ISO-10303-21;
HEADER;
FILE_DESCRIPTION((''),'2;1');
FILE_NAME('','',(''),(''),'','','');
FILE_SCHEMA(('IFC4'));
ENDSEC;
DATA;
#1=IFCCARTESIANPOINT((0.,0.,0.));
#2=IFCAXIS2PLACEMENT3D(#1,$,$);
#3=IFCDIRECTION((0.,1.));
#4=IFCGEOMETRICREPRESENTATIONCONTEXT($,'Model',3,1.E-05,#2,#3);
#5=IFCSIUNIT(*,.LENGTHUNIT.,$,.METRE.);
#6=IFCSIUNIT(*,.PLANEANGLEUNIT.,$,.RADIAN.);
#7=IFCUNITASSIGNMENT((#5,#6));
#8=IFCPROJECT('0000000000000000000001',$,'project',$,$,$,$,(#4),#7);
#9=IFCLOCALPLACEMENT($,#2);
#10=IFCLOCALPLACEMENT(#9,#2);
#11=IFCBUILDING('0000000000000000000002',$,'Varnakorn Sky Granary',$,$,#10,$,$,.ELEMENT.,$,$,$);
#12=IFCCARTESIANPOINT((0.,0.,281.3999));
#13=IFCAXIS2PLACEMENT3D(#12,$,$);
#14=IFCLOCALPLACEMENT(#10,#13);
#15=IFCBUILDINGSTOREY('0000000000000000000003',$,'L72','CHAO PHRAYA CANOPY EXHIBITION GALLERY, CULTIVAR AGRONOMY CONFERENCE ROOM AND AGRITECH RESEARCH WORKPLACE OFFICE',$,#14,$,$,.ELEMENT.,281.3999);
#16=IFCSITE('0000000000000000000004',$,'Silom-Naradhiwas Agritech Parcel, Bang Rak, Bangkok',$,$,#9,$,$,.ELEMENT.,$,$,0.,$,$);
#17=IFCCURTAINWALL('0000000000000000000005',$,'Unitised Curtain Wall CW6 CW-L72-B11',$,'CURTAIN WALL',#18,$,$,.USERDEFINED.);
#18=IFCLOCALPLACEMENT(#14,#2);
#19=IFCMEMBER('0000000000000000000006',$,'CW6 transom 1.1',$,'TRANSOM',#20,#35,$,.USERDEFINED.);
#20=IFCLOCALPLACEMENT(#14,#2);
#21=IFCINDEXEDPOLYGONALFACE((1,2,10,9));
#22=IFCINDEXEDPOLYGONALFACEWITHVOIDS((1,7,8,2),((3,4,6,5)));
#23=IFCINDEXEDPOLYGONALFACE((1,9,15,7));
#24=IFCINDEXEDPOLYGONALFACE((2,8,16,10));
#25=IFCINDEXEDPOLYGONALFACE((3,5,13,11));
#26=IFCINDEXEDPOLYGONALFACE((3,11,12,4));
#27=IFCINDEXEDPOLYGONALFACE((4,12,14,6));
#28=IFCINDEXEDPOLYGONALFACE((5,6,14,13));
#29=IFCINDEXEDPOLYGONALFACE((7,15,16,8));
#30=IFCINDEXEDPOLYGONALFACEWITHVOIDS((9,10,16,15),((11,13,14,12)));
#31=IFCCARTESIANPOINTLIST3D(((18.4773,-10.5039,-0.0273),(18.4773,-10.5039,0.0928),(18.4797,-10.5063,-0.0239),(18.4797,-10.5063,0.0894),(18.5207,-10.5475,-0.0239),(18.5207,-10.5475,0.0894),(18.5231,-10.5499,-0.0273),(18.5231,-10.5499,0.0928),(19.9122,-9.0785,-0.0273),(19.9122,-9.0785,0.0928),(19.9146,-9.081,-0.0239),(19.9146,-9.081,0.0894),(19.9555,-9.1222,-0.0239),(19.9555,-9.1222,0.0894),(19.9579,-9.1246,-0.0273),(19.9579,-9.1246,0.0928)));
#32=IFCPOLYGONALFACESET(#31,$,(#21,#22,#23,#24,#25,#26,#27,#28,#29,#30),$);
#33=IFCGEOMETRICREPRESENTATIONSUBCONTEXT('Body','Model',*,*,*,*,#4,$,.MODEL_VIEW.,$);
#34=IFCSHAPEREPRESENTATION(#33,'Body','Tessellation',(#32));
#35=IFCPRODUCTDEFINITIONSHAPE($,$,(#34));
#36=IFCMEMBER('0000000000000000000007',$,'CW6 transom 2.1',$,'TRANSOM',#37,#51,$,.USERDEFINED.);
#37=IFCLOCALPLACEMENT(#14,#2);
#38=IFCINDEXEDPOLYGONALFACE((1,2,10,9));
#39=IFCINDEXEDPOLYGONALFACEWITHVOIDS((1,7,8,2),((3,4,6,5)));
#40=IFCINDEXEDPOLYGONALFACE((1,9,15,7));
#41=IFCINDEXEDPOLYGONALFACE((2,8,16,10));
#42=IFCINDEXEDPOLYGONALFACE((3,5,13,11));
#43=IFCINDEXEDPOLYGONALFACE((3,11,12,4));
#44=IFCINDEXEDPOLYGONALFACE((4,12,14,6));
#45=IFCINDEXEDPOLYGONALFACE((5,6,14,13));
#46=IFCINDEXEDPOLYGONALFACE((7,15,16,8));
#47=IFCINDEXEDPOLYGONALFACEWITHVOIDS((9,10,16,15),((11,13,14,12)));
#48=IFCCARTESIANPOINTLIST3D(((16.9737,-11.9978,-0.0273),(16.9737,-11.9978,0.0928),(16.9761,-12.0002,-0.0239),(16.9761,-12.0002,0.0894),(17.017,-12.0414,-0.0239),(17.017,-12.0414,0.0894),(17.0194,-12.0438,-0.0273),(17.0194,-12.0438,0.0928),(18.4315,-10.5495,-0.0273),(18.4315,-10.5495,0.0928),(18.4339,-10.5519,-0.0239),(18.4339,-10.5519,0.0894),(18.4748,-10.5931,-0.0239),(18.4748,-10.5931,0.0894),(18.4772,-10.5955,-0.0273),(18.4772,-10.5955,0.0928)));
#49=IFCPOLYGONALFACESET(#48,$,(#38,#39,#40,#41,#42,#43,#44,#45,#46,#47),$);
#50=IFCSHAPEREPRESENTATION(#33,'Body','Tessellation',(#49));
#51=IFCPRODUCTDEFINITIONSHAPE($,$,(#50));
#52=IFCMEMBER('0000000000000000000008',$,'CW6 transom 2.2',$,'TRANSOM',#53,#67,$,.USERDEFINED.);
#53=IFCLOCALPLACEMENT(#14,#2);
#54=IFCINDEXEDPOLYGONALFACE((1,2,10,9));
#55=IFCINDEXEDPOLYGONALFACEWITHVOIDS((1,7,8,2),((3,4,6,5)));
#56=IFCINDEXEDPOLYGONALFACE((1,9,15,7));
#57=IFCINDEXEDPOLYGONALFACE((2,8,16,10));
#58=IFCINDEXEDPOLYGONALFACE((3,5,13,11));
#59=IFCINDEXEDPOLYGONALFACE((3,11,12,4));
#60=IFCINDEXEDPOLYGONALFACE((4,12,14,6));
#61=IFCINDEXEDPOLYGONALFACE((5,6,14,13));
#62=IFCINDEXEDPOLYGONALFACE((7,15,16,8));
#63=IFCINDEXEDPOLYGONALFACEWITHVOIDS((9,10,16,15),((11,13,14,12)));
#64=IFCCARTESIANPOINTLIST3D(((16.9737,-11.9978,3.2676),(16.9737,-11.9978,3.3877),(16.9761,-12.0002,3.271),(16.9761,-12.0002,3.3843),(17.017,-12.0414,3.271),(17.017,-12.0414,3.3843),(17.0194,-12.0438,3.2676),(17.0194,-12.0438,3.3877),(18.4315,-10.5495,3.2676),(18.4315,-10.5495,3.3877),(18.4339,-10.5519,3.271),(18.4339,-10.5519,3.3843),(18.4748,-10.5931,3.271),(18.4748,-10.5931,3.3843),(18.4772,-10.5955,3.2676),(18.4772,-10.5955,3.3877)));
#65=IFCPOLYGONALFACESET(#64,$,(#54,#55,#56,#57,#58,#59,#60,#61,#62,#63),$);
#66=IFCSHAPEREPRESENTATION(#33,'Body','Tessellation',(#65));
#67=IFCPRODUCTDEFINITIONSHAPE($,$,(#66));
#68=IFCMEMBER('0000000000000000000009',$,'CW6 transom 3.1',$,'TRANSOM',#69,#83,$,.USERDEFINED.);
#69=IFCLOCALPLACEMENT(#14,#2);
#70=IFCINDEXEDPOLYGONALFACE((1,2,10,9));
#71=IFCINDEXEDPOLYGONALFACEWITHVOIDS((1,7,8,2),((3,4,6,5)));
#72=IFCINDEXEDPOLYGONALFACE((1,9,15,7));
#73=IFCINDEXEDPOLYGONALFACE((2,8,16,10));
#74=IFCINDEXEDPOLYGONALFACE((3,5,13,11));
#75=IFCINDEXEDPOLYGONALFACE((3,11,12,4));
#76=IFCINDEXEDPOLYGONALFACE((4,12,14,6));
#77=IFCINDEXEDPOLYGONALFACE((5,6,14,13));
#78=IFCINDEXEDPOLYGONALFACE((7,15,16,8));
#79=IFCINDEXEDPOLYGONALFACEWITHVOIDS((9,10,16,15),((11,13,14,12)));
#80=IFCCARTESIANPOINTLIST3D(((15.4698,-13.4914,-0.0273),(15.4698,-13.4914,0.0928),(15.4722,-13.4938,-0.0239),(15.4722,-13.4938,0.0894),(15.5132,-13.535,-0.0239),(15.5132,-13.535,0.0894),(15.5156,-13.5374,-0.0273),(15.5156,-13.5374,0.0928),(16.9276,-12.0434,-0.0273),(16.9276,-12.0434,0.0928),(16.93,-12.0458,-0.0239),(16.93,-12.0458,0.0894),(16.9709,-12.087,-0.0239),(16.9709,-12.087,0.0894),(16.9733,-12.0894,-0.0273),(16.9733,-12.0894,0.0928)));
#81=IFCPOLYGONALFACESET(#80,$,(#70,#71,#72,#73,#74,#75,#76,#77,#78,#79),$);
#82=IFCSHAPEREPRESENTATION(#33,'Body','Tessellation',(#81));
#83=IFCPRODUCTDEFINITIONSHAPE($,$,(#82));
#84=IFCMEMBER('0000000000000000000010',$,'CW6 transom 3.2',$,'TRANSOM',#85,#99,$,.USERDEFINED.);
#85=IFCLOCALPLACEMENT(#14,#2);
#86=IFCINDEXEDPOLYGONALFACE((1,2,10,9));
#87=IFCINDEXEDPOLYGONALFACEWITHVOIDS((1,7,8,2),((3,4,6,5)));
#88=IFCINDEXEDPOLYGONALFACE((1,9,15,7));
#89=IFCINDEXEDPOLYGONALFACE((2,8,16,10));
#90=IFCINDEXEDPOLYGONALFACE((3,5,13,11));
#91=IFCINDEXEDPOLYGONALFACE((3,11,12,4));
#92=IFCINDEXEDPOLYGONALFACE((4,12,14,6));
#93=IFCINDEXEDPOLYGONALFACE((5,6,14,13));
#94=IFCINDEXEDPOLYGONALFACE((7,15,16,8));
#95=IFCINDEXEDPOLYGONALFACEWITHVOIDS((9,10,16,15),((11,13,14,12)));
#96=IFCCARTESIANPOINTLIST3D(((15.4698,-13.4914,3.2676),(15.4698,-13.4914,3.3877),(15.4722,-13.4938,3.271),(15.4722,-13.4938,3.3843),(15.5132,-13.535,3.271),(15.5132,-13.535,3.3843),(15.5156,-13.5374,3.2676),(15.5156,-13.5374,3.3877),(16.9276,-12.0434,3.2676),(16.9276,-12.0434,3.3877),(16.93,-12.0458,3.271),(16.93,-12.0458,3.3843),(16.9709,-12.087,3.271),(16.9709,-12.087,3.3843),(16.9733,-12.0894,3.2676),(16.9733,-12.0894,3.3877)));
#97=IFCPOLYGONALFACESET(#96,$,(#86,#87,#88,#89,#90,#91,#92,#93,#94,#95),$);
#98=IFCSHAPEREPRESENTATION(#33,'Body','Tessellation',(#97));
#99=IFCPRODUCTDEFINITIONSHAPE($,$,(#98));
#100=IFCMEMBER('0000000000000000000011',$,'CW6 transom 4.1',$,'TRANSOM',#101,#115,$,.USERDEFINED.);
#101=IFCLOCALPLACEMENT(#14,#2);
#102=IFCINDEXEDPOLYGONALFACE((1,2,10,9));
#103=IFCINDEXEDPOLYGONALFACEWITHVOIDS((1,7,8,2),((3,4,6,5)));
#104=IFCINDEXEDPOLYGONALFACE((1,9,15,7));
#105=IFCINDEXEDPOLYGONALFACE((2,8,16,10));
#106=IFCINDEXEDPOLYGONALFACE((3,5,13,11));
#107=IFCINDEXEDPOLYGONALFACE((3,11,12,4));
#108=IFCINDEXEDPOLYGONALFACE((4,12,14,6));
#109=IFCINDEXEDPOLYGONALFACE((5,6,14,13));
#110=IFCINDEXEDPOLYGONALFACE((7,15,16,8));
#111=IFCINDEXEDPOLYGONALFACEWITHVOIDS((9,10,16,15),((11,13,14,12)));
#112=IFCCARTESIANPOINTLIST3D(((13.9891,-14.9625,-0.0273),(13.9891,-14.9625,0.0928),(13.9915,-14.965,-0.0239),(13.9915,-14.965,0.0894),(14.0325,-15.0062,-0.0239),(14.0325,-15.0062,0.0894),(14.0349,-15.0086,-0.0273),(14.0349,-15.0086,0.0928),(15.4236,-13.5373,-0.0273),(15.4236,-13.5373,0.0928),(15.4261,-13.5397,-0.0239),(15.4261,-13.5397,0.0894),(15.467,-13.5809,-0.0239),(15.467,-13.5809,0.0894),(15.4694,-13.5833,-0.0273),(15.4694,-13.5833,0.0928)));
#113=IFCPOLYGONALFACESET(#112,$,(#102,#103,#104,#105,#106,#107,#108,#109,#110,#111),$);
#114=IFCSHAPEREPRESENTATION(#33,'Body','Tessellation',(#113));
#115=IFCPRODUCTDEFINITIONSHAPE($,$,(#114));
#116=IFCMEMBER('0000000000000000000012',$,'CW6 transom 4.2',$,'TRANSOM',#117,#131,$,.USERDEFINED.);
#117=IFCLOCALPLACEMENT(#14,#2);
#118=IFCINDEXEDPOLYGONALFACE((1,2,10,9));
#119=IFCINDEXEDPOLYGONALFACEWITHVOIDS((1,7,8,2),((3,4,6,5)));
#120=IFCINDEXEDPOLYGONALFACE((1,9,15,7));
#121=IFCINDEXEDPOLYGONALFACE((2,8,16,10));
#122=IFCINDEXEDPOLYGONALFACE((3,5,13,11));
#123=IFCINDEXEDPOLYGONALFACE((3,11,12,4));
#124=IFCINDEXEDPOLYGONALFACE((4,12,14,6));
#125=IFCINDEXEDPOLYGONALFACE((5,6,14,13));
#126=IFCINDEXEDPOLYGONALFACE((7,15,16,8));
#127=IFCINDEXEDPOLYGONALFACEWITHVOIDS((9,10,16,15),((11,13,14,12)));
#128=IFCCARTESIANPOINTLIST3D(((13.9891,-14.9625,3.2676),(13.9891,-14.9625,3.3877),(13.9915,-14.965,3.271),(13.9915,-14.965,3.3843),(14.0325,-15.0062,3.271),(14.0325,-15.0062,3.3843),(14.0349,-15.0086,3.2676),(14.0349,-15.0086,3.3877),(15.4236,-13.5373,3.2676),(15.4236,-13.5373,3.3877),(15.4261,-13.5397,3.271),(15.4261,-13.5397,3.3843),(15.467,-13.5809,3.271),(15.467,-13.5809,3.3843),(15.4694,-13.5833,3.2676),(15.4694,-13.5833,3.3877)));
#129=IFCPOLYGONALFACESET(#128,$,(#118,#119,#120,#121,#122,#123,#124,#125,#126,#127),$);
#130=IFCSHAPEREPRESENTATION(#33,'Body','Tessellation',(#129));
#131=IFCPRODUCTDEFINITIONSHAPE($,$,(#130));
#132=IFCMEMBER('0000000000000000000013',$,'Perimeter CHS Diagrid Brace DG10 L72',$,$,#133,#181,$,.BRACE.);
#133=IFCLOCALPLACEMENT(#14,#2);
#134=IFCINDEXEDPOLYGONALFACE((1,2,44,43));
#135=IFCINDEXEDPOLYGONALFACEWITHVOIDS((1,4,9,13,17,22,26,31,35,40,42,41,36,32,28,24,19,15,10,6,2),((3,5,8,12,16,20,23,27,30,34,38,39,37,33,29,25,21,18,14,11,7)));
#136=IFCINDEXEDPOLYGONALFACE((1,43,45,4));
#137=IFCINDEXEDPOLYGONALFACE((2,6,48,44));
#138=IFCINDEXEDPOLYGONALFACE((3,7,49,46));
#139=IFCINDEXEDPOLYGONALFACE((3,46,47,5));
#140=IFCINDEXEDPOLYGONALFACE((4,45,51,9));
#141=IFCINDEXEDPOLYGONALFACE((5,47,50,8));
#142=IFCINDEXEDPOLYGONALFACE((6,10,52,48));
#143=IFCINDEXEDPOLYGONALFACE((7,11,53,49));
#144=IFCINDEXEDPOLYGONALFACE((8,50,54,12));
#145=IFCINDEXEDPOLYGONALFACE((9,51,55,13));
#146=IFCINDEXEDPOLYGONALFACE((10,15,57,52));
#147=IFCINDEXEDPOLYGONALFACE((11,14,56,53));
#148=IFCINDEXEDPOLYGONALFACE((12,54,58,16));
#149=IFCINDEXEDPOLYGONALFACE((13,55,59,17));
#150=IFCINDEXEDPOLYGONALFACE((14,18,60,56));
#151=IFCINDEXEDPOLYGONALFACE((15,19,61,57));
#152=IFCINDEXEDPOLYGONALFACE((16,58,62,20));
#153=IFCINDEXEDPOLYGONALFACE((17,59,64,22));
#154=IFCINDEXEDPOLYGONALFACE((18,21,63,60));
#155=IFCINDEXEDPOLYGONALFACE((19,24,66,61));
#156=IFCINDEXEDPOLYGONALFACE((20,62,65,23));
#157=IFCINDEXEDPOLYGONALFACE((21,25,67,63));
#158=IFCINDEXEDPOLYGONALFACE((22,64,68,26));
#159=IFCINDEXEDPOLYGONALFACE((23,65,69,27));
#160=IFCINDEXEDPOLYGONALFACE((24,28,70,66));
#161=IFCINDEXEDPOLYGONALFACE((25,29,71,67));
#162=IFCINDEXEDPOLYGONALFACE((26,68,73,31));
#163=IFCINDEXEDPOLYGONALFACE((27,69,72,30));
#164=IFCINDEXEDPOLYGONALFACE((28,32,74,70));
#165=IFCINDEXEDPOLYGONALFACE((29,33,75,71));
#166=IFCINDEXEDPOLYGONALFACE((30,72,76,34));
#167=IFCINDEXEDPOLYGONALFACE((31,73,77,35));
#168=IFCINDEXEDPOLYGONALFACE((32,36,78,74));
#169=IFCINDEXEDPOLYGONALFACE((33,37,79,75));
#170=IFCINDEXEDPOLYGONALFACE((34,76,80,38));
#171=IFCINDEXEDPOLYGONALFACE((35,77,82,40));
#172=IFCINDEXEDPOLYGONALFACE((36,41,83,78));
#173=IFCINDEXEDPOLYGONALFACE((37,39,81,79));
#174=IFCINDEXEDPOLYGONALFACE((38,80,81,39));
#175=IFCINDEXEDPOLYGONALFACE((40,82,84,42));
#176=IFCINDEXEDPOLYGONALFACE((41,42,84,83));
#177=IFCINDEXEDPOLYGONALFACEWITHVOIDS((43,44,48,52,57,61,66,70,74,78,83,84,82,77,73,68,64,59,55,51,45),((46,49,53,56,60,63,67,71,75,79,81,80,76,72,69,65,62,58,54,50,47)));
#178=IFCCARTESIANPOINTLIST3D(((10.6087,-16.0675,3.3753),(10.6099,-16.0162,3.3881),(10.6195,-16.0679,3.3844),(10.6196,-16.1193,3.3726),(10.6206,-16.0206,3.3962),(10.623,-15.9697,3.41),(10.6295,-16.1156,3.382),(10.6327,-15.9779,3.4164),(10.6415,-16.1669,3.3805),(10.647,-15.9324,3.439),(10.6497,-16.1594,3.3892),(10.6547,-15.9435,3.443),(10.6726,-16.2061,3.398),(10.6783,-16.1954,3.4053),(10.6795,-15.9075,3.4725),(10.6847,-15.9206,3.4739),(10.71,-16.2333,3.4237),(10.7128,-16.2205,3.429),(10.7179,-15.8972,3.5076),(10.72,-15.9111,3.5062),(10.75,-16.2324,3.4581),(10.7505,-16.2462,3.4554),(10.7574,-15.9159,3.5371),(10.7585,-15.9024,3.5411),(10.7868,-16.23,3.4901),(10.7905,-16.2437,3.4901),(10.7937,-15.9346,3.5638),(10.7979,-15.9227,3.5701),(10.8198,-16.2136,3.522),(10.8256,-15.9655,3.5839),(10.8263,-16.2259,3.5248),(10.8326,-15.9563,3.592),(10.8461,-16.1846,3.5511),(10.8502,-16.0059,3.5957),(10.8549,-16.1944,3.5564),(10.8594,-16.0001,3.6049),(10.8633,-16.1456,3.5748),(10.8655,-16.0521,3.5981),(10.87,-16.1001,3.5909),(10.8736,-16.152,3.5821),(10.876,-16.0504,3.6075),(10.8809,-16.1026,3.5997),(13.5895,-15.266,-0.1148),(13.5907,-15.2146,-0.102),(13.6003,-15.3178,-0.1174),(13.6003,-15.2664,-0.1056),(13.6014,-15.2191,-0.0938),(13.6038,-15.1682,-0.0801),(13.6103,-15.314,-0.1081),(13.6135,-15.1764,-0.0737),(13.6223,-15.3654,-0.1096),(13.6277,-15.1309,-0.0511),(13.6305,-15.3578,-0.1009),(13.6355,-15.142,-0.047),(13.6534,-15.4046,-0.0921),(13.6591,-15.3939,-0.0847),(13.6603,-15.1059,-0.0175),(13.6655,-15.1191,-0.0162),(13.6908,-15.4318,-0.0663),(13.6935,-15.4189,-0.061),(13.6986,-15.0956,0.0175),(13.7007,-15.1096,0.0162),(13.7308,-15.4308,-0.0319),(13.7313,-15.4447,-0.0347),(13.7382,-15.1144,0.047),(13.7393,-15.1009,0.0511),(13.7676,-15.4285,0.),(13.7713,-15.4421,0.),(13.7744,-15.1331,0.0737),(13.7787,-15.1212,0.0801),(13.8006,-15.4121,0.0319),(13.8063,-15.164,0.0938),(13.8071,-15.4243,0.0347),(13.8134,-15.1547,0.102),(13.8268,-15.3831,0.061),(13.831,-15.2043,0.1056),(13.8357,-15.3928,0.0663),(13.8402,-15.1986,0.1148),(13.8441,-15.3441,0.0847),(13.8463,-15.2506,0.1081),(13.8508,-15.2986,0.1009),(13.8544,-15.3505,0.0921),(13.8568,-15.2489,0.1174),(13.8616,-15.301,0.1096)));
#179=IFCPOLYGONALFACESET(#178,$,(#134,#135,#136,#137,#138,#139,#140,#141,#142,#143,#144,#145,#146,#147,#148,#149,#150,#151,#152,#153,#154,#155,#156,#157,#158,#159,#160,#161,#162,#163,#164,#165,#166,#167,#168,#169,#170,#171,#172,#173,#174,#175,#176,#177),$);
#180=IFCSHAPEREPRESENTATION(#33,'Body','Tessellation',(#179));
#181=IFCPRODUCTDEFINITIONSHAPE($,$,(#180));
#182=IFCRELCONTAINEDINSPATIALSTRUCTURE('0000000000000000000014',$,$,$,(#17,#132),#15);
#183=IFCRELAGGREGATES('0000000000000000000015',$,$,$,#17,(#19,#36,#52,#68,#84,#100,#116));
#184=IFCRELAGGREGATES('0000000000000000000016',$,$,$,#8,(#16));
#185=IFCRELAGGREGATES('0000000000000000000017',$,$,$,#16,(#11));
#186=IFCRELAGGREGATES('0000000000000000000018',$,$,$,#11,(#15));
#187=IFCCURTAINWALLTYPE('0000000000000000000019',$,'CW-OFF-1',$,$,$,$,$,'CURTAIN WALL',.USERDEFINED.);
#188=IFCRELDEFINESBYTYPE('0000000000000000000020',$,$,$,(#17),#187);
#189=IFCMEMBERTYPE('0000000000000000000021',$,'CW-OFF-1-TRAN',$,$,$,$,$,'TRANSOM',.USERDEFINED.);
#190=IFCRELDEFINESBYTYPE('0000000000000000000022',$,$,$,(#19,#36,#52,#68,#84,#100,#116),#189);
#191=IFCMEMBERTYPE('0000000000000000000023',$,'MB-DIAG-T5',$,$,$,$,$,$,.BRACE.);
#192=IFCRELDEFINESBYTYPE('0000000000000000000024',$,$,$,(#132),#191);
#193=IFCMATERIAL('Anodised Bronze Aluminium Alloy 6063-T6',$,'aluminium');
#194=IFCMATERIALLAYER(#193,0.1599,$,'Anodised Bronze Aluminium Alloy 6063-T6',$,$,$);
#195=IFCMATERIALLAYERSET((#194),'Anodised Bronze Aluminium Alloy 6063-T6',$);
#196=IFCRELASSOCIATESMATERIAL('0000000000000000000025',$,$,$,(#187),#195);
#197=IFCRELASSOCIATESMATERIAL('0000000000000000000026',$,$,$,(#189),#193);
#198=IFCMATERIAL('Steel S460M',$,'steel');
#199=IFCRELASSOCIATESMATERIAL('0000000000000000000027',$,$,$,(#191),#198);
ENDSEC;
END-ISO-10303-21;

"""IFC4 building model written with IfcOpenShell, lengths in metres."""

from ifc_helpers import new_model, si_unit, direction, frame, origin, origin_2d, place, context, subcontext, project, spatial, hollow_rectangle, hollow_circle, extrude, material, layer, layer_set, material_profile, profile_set, type_object, element, aggregate, save


model = new_model("IFC4")

# Units and contexts
model_context = context("Model", 3, precision=1e-05, world=origin(), true_north=direction((0.0, 1.0)))
body_context = subcontext(model_context, "Body", "Model", "MODEL_VIEW")
ifc_project = project(units=[si_unit("LENGTHUNIT", "METRE"), si_unit("PLANEANGLEUNIT", "RADIAN")], contexts=[model_context])

# Site, building, storey
site_placement = place(None, origin())
site = spatial("IfcSite", under=ifc_project, at=site_placement, Name="Silom-Naradhiwas Agritech Parcel, Bang Rak, Bangkok", CompositionType="ELEMENT", RefElevation=0.0)
building_placement = place(site_placement, origin())
building = spatial("IfcBuilding", under=site, at=building_placement, Name="Varnakorn Sky Granary", CompositionType="ELEMENT")
storey_placement = place(building_placement, frame((0.0, 0.0, 281.3999)))
storey = spatial("IfcBuildingStorey", under=building, at=storey_placement, Name="L72", Description="CHAO PHRAYA CANOPY EXHIBITION GALLERY, CULTIVAR AGRONOMY CONFERENCE ROOM AND AGRITECH RESEARCH WORKPLACE OFFICE", CompositionType="ELEMENT", Elevation=281.3999)

# Shared definitions
ifc_material_1 = material(Name="Steel S460M", Category="steel")

# Shared definitions
ifc_material_2 = material(Name="Anodised Bronze Aluminium Alloy 6063-T6", Category="aluminium")
ifc_layer_1 = layer(ifc_material_2, 0.1599, Name="Anodised Bronze Aluminium Alloy 6063-T6")
ifc_layer_set_1 = layer_set([ifc_layer_1], Name="Anodised Bronze Aluminium Alloy 6063-T6")
curtain_wall_type = type_object("IfcCurtainWallType", Name="CW-OFF-1", ElementType="CURTAIN WALL", PredefinedType="USERDEFINED", material=ifc_layer_set_1)

# Curtain wall, members
curtain_wall_1_placement = place(storey_placement, origin())
curtain_wall_1 = element("IfcCurtainWall", 1, at=curtain_wall_1_placement, inside=storey, type_object=curtain_wall_type, Name="Unitised Curtain Wall CW6 CW-L72-B11", ObjectType="CURTAIN WALL", PredefinedType="USERDEFINED")
ifc_material_profile_1 = material_profile(ifc_material_2, hollow_rectangle(XDim=0.0649, YDim=0.1201, WallThickness=0.0034, at=origin_2d()), Name="ALU TRAN 65x120")
ifc_profile_set_1 = profile_set([ifc_material_profile_1], Name="Anodised Bronze Aluminium Alloy 6063-T6")
member_type_1 = type_object("IfcMemberType", Name="CW-OFF-1-TRAN", ElementType="TRANSOM", PredefinedType="USERDEFINED", material=ifc_profile_set_1)
member_1_placement = place(storey_placement, frame((19.9351, -9.1016, 0.0327), z_axis=(-0.709457, -0.704749, 0.0), x_axis=(0.704749, -0.709457, 0.0)))
member_1 = element("IfcMember", 2, at=member_1_placement, type_object=member_type_1, Name="CW6 transom 1.1", ObjectType="TRANSOM", PredefinedType="USERDEFINED", context=body_context, shape_type="SweptSolid", body=[
    extrude(hollow_rectangle(XDim=0.0649, YDim=0.1201, WallThickness=0.0034, at=origin_2d()), origin(), (0.0, 0.0, 1.0), 2.0225),
])
member_2_placement = place(storey_placement, frame((18.4543, -10.5725, 0.0327), z_axis=(-0.70942, -0.704786, 0.0), x_axis=(0.704786, -0.70942, 0.0)))
member_2 = element("IfcMember", 3, at=member_2_placement, type_object=member_type_1, Name="CW6 transom 2.1", ObjectType="TRANSOM", PredefinedType="USERDEFINED", context=body_context, shape_type="SweptSolid", body=[
    extrude(hollow_rectangle(XDim=0.0649, YDim=0.1201, WallThickness=0.0034, at=origin_2d()), origin(), (0.0, 0.0, 1.0), 2.0549),
])
member_3_placement = place(storey_placement, frame((18.4543, -10.5725, 3.3276), z_axis=(-0.70942, -0.704786, 0.0), x_axis=(0.704786, -0.70942, 0.0)))
member_3 = element("IfcMember", 4, at=member_3_placement, type_object=member_type_1, Name="CW6 transom 2.2", ObjectType="TRANSOM", PredefinedType="USERDEFINED", context=body_context, shape_type="SweptSolid", body=[
    extrude(hollow_rectangle(XDim=0.0649, YDim=0.1201, WallThickness=0.0034, at=origin_2d()), origin(), (0.0, 0.0, 1.0), 2.0549),
])
member_4_placement = place(storey_placement, frame((16.9504, -12.0664, 0.0327), z_axis=(-0.709479, -0.704726, 0.0), x_axis=(0.704726, -0.709479, 0.0)))
member_4 = element("IfcMember", 5, at=member_4_placement, type_object=member_type_1, Name="CW6 transom 3.1", ObjectType="TRANSOM", PredefinedType="USERDEFINED", context=body_context, shape_type="SweptSolid", body=[
    extrude(hollow_rectangle(XDim=0.0649, YDim=0.1201, WallThickness=0.0034, at=origin_2d()), origin(), (0.0, 0.0, 1.0), 2.0547),
])
member_5_placement = place(storey_placement, frame((16.9504, -12.0664, 3.3276), z_axis=(-0.709479, -0.704726, 0.0), x_axis=(0.704726, -0.709479, 0.0)))
member_5 = element("IfcMember", 6, at=member_5_placement, type_object=member_type_1, Name="CW6 transom 3.2", ObjectType="TRANSOM", PredefinedType="USERDEFINED", context=body_context, shape_type="SweptSolid", body=[
    extrude(hollow_rectangle(XDim=0.0649, YDim=0.1201, WallThickness=0.0034, at=origin_2d()), origin(), (0.0, 0.0, 1.0), 2.0547),
])
member_6_placement = place(storey_placement, frame((15.4465, -13.5603, 0.0327), z_axis=(-0.709397, -0.704809, 0.0), x_axis=(0.704809, -0.709397, 0.0)))
member_6 = element("IfcMember", 7, at=member_6_placement, type_object=member_type_1, Name="CW6 transom 4.1", ObjectType="TRANSOM", PredefinedType="USERDEFINED", context=body_context, shape_type="SweptSolid", body=[
    extrude(hollow_rectangle(XDim=0.0649, YDim=0.1201, WallThickness=0.0034, at=origin_2d()), origin(), (0.0, 0.0, 1.0), 2.0222),
])
member_7_placement = place(storey_placement, frame((15.4465, -13.5603, 3.3276), z_axis=(-0.709397, -0.704809, 0.0), x_axis=(0.704809, -0.709397, 0.0)))
member_7 = element("IfcMember", 8, at=member_7_placement, type_object=member_type_1, Name="CW6 transom 4.2", ObjectType="TRANSOM", PredefinedType="USERDEFINED", context=body_context, shape_type="SweptSolid", body=[
    extrude(hollow_rectangle(XDim=0.0649, YDim=0.1201, WallThickness=0.0034, at=origin_2d()), origin(), (0.0, 0.0, 1.0), 2.0222),
])

# Member
ifc_material_profile_2 = material_profile(ifc_material_1, hollow_circle(Radius=0.1777, WallThickness=0.0142, at=origin_2d()), Name="CHS 355.6x14")
ifc_profile_set_2 = profile_set([ifc_material_profile_2], Name="Steel S460M")
member_type_2 = type_object("IfcMemberType", Name="MB-DIAG-T5", PredefinedType="BRACE", material=ifc_profile_set_2)
member_8_placement = place(storey_placement, frame((13.7251, -15.2705, 0.0), z_axis=(-0.639763, -0.172032, 0.749071), x_axis=(0.259676, -0.965696, 0.0)))
element("IfcMember", 9, at=member_8_placement, inside=storey, type_object=member_type_2, Name="Perimeter CHS Diagrid Brace DG10 L72", PredefinedType="BRACE", context=body_context, shape_type="SweptSolid", body=[
    extrude(hollow_circle(Radius=0.1777, WallThickness=0.0142, at=origin_2d()), origin(), (0.0, 0.0, 1.0), 4.6592),
])

aggregate(curtain_wall_1, [member_1, member_2, member_3, member_4, member_5, member_6, member_7])

save(model, "model.ifc")
